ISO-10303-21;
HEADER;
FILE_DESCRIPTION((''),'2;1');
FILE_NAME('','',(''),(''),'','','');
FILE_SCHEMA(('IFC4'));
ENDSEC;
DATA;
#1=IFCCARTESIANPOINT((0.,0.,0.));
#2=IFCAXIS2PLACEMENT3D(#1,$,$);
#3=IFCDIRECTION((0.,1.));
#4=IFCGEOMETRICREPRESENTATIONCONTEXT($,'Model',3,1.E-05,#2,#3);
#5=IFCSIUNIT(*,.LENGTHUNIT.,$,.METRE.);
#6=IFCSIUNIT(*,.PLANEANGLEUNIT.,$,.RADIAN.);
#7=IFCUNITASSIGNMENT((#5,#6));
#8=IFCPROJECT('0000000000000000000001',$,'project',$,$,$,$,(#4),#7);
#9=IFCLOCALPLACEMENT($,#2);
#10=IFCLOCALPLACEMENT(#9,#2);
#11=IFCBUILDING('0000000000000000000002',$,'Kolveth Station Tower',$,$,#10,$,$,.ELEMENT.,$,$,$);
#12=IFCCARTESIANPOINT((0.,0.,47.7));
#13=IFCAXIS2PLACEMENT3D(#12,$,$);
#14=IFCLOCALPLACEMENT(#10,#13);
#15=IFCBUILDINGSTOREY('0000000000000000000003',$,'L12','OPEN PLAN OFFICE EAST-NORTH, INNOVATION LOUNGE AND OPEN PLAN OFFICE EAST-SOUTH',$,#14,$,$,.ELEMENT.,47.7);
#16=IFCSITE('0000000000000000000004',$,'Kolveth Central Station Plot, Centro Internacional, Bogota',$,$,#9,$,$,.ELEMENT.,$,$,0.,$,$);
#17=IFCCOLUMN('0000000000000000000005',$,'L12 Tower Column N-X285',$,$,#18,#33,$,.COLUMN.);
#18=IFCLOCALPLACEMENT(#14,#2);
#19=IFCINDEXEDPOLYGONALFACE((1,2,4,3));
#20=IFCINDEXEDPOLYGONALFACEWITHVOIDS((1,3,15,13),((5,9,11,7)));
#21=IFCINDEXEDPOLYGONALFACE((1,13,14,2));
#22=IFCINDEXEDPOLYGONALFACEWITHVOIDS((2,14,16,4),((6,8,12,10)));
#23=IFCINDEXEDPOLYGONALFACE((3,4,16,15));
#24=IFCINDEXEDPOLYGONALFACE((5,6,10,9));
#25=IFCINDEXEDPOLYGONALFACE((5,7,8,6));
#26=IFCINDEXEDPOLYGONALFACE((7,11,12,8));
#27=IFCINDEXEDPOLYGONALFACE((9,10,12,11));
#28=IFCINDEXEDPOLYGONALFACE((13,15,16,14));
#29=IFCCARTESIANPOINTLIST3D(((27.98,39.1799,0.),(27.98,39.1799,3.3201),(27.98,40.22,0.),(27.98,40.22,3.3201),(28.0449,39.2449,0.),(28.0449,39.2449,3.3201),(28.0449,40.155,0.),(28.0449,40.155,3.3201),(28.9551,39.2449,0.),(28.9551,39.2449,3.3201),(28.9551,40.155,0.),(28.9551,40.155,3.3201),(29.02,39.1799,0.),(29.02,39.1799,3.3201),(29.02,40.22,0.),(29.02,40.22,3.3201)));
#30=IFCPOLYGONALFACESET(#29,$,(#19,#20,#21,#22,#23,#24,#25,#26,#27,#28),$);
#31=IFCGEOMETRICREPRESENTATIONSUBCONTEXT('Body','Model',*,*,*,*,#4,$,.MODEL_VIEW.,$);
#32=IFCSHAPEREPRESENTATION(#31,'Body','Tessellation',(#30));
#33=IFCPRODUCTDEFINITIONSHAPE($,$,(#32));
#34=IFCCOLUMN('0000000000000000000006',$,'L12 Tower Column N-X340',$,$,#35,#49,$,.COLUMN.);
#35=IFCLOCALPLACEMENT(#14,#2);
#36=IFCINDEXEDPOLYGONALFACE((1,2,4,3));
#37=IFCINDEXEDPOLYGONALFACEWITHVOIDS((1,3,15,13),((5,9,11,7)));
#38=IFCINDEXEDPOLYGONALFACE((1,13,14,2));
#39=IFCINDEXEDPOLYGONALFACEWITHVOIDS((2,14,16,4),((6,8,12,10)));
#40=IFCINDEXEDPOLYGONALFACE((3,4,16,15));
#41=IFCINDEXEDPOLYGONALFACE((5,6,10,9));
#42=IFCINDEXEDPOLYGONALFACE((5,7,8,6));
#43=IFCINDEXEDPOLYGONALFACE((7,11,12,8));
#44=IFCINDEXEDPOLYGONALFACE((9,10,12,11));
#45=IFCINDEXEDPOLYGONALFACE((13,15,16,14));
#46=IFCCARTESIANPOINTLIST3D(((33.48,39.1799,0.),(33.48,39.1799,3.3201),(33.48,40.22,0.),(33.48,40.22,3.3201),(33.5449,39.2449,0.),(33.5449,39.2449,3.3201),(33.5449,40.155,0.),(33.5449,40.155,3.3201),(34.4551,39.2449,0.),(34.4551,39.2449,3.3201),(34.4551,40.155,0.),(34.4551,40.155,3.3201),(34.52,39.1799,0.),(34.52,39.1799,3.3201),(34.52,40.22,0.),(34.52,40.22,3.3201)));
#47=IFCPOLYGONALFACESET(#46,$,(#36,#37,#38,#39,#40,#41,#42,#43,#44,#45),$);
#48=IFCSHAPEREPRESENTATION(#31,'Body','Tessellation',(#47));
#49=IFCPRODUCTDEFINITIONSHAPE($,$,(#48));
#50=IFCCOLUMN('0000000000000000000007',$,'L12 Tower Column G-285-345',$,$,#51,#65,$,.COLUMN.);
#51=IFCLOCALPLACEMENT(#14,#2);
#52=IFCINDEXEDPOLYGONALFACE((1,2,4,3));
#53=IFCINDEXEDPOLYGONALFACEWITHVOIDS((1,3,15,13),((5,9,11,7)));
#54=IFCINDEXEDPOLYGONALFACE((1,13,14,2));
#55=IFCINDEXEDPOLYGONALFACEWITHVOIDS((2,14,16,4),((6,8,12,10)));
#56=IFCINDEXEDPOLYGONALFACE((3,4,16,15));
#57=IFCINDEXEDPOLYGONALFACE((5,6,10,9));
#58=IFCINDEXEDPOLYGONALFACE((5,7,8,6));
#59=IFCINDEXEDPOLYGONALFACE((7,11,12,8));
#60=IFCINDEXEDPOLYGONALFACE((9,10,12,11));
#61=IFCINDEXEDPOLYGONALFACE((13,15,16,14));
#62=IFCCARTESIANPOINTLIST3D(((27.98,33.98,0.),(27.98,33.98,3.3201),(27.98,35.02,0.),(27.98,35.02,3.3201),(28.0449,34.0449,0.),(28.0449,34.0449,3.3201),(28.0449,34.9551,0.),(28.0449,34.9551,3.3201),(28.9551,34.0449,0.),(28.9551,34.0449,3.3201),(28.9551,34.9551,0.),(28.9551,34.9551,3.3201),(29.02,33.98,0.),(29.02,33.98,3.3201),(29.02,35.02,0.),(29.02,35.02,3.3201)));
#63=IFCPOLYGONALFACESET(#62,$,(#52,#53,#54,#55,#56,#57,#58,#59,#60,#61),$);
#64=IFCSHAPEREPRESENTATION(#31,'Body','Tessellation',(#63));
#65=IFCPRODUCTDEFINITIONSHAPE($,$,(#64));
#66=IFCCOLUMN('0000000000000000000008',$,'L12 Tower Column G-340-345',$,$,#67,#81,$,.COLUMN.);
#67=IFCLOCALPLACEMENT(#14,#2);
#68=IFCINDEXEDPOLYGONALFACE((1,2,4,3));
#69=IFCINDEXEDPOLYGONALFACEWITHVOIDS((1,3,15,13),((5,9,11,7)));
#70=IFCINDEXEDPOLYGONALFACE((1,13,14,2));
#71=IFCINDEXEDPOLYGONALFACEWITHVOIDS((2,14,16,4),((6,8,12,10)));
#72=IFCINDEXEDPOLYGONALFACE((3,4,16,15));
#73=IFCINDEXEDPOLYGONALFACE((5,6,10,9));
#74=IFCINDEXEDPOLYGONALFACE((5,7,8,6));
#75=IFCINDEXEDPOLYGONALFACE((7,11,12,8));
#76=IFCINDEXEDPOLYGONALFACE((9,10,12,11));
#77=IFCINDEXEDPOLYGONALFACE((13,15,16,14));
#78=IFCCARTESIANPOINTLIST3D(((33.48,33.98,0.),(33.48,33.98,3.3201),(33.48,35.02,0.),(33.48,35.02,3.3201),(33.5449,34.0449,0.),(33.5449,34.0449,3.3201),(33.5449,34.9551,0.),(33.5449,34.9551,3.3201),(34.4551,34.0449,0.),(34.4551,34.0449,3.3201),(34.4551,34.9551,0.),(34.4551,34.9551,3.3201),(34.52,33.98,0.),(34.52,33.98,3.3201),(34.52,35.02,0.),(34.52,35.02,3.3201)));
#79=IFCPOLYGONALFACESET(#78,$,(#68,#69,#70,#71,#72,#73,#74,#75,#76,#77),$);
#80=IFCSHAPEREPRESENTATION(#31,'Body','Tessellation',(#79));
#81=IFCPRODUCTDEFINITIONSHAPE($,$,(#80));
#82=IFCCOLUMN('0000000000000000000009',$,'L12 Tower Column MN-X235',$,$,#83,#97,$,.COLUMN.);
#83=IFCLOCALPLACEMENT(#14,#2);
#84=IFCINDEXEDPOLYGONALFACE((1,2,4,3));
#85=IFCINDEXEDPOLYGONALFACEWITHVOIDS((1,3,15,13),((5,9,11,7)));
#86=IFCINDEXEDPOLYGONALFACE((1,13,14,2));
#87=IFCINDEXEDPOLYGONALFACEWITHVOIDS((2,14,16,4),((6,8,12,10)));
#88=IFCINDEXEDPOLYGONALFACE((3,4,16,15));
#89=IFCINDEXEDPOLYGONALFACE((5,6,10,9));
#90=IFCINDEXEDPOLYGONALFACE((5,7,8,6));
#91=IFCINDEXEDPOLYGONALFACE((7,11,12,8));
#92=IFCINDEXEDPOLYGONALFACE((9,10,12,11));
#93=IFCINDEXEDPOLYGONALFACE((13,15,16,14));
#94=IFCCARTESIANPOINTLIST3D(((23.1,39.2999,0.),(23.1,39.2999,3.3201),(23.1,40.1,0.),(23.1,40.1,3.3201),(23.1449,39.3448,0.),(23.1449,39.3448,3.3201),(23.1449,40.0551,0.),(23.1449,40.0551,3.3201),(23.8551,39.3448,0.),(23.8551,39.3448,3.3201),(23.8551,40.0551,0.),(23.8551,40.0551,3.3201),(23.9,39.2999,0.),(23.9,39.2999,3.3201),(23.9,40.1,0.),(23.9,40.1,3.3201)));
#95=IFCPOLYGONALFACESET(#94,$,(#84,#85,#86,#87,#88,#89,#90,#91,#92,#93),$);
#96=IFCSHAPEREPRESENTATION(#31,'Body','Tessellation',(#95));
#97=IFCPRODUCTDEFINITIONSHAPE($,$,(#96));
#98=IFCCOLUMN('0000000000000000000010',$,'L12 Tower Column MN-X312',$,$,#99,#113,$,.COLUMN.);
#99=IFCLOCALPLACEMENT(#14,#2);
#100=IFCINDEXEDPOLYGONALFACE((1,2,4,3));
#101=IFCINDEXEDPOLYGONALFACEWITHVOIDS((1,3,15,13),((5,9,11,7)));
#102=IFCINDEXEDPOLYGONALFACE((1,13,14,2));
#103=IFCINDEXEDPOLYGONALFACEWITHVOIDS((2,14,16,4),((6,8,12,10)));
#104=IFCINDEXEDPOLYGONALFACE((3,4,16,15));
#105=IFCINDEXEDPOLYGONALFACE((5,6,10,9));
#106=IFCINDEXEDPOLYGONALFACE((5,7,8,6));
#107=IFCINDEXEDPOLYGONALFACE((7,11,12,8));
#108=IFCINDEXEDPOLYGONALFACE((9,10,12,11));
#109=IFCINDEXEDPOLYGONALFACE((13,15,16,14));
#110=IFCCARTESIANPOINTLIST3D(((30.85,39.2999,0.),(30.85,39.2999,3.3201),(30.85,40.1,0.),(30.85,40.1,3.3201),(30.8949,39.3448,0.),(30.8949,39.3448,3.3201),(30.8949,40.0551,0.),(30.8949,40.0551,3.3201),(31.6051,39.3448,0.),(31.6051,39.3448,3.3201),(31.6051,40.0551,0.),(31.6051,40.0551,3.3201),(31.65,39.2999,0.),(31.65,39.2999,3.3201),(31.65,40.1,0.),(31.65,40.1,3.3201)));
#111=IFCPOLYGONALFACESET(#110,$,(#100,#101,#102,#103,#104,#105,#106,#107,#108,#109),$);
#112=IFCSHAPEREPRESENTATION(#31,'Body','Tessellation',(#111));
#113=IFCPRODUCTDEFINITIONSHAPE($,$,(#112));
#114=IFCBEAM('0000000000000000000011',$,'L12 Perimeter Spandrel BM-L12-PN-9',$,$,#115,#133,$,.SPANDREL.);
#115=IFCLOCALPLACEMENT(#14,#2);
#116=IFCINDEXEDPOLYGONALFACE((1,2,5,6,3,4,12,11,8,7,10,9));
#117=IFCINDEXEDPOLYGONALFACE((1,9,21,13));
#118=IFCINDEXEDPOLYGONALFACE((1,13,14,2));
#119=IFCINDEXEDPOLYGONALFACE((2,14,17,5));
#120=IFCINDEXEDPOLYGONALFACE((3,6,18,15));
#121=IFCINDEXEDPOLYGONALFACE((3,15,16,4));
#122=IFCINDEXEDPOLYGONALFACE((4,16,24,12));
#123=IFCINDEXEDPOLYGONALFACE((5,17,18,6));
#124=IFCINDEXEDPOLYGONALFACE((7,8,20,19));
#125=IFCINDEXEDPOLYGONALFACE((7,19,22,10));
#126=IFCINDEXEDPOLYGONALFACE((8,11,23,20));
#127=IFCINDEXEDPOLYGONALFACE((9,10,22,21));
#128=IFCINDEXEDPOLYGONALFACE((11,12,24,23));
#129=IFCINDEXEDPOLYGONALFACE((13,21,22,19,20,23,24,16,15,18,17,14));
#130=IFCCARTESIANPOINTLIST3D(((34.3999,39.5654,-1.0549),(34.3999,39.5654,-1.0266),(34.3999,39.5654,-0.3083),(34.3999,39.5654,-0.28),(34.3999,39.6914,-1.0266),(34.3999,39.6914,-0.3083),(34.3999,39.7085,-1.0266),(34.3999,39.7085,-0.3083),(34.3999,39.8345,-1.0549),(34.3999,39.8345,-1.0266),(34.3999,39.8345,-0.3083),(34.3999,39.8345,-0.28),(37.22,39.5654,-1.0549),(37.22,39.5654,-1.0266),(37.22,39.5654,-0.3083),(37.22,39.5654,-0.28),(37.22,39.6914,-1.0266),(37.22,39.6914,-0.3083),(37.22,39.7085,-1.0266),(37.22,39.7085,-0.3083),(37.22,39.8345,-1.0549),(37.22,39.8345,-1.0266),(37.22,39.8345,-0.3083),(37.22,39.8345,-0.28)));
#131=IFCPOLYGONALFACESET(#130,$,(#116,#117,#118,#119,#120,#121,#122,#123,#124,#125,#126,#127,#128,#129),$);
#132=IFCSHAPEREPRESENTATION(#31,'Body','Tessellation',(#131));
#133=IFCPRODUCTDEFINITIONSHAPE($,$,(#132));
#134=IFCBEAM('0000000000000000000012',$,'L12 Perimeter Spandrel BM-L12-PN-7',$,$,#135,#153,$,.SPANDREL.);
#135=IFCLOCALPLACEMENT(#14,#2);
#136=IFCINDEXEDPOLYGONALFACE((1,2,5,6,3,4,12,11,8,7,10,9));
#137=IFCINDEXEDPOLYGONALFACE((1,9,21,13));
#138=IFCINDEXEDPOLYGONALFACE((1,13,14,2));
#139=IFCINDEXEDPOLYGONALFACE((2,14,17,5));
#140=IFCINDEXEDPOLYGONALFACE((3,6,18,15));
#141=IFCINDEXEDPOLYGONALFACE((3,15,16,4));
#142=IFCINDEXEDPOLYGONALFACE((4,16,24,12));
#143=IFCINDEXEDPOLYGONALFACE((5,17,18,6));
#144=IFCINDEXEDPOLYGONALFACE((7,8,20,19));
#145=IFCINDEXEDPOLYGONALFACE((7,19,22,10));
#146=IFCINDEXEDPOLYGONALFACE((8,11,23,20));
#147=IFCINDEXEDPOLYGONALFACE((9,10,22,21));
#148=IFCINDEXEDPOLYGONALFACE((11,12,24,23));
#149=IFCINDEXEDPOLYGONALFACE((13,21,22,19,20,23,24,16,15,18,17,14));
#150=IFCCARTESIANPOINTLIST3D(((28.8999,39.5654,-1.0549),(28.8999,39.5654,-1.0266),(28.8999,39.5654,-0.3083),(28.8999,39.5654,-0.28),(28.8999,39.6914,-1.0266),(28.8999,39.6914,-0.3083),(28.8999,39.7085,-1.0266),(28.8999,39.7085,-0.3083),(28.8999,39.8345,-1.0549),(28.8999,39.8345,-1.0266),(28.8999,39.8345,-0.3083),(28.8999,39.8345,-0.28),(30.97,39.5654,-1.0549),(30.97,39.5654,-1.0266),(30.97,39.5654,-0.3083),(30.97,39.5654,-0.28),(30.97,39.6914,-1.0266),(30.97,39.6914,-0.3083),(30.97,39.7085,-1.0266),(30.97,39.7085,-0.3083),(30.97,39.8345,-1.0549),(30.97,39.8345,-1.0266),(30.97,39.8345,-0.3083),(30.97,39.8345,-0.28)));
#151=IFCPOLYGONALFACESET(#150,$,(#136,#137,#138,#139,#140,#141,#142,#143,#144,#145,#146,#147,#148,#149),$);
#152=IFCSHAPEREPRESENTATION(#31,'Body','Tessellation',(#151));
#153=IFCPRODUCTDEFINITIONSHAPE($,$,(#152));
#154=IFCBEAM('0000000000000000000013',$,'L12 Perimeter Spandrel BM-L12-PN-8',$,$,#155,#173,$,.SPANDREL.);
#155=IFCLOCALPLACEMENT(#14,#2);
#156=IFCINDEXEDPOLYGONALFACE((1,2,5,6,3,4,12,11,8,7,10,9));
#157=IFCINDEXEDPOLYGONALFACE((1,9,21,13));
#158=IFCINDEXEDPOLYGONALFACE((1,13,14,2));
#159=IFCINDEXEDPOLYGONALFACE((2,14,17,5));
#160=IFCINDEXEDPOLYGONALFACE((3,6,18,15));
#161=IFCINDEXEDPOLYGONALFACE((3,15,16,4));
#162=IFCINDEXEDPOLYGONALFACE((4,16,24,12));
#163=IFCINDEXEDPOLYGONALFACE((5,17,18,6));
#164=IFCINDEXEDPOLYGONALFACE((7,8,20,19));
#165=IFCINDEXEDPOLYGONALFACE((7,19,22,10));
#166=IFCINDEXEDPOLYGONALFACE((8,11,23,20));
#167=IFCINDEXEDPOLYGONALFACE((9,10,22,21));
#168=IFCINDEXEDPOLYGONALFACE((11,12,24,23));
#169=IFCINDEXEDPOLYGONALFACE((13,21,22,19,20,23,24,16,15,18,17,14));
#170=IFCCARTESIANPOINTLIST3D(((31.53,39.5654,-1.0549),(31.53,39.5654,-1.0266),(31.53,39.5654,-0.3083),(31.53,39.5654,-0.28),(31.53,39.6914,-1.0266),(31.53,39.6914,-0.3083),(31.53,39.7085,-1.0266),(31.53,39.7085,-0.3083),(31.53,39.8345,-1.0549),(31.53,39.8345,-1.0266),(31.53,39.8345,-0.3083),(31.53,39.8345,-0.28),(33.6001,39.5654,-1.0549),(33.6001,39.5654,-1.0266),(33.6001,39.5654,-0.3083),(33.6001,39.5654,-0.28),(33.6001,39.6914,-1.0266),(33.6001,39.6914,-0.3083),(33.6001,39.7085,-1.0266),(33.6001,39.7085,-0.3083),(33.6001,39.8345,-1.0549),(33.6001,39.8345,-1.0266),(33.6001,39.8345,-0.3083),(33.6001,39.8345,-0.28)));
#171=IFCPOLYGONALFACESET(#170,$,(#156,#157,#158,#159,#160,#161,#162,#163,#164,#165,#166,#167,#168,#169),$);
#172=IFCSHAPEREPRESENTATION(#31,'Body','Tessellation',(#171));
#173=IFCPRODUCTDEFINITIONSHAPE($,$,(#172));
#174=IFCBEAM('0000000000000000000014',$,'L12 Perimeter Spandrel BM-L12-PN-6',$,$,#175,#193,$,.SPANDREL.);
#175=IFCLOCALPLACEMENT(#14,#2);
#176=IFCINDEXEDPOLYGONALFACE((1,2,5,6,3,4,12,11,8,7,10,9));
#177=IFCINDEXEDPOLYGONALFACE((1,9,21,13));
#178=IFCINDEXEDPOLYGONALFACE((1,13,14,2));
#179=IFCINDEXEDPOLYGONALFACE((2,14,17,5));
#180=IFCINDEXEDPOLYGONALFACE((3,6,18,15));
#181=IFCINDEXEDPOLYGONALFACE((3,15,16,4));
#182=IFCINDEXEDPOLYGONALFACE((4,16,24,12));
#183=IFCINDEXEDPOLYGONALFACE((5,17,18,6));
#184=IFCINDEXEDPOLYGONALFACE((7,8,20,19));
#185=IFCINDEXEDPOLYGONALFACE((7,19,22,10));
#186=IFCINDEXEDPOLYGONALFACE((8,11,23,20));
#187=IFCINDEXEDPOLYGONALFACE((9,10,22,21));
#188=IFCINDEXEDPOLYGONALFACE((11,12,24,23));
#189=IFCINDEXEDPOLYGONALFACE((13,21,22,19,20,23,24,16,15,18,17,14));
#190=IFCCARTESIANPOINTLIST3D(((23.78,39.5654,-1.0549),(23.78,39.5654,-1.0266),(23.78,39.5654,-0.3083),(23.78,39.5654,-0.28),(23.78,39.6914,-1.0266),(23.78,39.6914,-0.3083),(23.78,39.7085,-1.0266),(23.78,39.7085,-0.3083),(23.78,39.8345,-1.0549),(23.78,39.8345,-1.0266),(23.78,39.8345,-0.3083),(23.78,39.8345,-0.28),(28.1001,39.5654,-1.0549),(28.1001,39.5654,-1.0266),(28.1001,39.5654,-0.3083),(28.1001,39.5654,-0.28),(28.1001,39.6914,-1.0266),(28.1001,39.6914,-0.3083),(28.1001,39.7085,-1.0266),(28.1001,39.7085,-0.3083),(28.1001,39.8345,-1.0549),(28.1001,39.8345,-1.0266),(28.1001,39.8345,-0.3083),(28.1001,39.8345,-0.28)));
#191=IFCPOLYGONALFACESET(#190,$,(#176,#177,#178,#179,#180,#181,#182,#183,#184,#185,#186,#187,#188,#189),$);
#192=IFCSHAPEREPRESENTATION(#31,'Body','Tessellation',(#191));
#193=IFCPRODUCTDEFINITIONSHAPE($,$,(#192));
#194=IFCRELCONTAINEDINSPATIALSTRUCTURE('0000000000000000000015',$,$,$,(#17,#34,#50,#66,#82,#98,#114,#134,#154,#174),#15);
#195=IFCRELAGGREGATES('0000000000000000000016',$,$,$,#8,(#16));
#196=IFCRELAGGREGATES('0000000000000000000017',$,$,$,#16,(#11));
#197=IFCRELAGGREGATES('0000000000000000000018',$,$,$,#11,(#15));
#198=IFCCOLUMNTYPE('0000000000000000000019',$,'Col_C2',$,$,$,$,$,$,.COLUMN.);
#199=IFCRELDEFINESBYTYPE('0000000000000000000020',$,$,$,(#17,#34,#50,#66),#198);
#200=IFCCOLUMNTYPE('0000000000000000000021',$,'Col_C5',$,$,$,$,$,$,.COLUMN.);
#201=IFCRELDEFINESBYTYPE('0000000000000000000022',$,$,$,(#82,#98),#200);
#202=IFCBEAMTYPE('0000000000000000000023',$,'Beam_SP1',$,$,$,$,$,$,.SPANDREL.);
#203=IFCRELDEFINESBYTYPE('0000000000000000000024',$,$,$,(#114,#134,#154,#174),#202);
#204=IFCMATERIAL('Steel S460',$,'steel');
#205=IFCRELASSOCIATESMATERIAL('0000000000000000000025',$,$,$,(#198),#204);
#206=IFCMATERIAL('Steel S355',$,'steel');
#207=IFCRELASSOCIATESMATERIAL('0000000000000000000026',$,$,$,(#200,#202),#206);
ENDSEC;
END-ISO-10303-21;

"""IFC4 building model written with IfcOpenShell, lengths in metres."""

from ifc_helpers import new_model, si_unit, direction, frame, origin, origin_2d, place, context, subcontext, project, spatial, hollow_rectangle, i_section, extrude, source, transform, mapped, material, material_profile, profile_set, type_object, element, save


model = new_model("IFC4")

# Units and contexts
model_context = context("Model", 3, precision=1e-05, world=origin(), true_north=direction((0.0, 1.0)))
body_context = subcontext(model_context, "Body", "Model", "MODEL_VIEW")
ifc_project = project(units=[si_unit("LENGTHUNIT", "METRE"), si_unit("PLANEANGLEUNIT", "RADIAN")], contexts=[model_context])

# Site, building, storey
site_placement = place(None, origin())
site = spatial("IfcSite", under=ifc_project, at=site_placement, Name="Kolveth Central Station Plot, Centro Internacional, Bogota", CompositionType="ELEMENT", RefElevation=0.0)
building_placement = place(site_placement, origin())
building = spatial("IfcBuilding", under=site, at=building_placement, Name="Kolveth Station Tower", CompositionType="ELEMENT")
storey_placement = place(building_placement, frame((0.0, 0.0, 47.7)))
storey = spatial("IfcBuildingStorey", under=building, at=storey_placement, Name="L12", Description="OPEN PLAN OFFICE EAST-NORTH, INNOVATION LOUNGE AND OPEN PLAN OFFICE EAST-SOUTH", CompositionType="ELEMENT", Elevation=47.7)

# Columns
ifc_material_1 = material(Name="Steel S460", Category="steel")
ifc_material_profile_1 = material_profile(ifc_material_1, hollow_rectangle(XDim=1.04, YDim=1.04, WallThickness=0.0649, at=origin_2d()), Name="BOX1040x1040x65")
ifc_profile_set_1 = profile_set([ifc_material_profile_1], Name="Steel S460")
column_type_1 = type_object("IfcColumnType", Name="Col_C2", PredefinedType="COLUMN", material=ifc_profile_set_1)
shared_shape_1 = source(origin(), body_context, "Body", "SweptSolid", [
    extrude(hollow_rectangle(XDim=1.04, YDim=1.04, WallThickness=0.0649, at=origin_2d()), origin(), (0.0, 0.0, 1.0), 3.3201),
])
for number, where, z_axis, x_axis, name in (
    (1, (28.5, 39.7, 0.0), (0.0, 0.0, 1.0), (1.0, 0.0, 0.0), "L12 Tower Column N-X285"),
    (2, (34.0, 39.7, 0.0), (0.0, 0.0, 1.0), (1.0, 0.0, 0.0), "L12 Tower Column N-X340"),
    (3, (28.5, 34.5, 0.0), (0.0, 0.0, 1.0), (1.0, 0.0, 0.0), "L12 Tower Column G-285-345"),
    (4, (34.0, 34.5, 0.0), (0.0, 0.0, 1.0), (1.0, 0.0, 0.0), "L12 Tower Column G-340-345"),
):
    element("IfcColumn", number, at=place(storey_placement, frame(where, z_axis=z_axis, x_axis=x_axis)), inside=storey, type_object=column_type_1, Name=name, PredefinedType="COLUMN", context=body_context, shape_type="MappedRepresentation", body=[
        mapped(shared_shape_1, transform((0.0, 0.0, 0.0), x_axis=(1.0, 0.0, 0.0), y_axis=(0.0, 1.0, 0.0), z_axis=(0.0, 0.0, 1.0), scale=1.0)),
    ])
ifc_material_2 = material(Name="Steel S355", Category="steel")
ifc_material_profile_2 = material_profile(ifc_material_2, hollow_rectangle(XDim=0.8, YDim=0.8, WallThickness=0.0449, at=origin_2d()), Name="BOX800x800x45")
ifc_profile_set_2 = profile_set([ifc_material_profile_2], Name="Steel S355")
column_type_2 = type_object("IfcColumnType", Name="Col_C5", PredefinedType="COLUMN", material=ifc_profile_set_2)
shared_shape_2 = source(origin(), body_context, "Body", "SweptSolid", [
    extrude(hollow_rectangle(XDim=0.8, YDim=0.8, WallThickness=0.0449, at=origin_2d()), origin(), (0.0, 0.0, 1.0), 3.3201),
])
for number, where, z_axis, x_axis, name in (
    (5, (23.5, 39.7, 0.0), (0.0, 0.0, 1.0), (1.0, 0.0, 0.0), "L12 Tower Column MN-X235"),
    (6, (31.25, 39.7, 0.0), (0.0, 0.0, 1.0), (1.0, 0.0, 0.0), "L12 Tower Column MN-X312"),
):
    element("IfcColumn", number, at=place(storey_placement, frame(where, z_axis=z_axis, x_axis=x_axis)), inside=storey, type_object=column_type_2, Name=name, PredefinedType="COLUMN", context=body_context, shape_type="MappedRepresentation", body=[
        mapped(shared_shape_2, transform((0.0, 0.0, 0.0), x_axis=(1.0, 0.0, 0.0), y_axis=(0.0, 1.0, 0.0), z_axis=(0.0, 0.0, 1.0), scale=1.0)),
    ])

# Beams
ifc_material_profile_3 = material_profile(ifc_material_2, i_section(OverallWidth=0.269, OverallDepth=0.7749, WebThickness=0.0171, FlangeThickness=0.0283, at=origin_2d()), Name="W760x220")
ifc_profile_set_3 = profile_set([ifc_material_profile_3], Name="Steel S355")
beam_type_1 = type_object("IfcBeamType", Name="Beam_SP1", PredefinedType="SPANDREL", material=ifc_profile_set_3)
shared_shape_3 = source(origin(), body_context, "Body", "SweptSolid", [
    extrude(i_section(OverallWidth=0.269, OverallDepth=0.7749, WebThickness=0.0171, FlangeThickness=0.0283, at=origin_2d()), origin(), (0.0, 0.0, 1.0), 2.8201),
])
beam_1_placement = place(storey_placement, frame((34.3999, 39.7, -0.6675), z_axis=(1.0, 0.0, 0.0), x_axis=(0.0, 1.0, 0.0)))
element("IfcBeam", 7, at=beam_1_placement, inside=storey, type_object=beam_type_1, Name="L12 Perimeter Spandrel BM-L12-PN-9", PredefinedType="SPANDREL", context=body_context, shape_type="MappedRepresentation", body=[
    mapped(shared_shape_3, transform((0.0, 0.0, 0.0), x_axis=(1.0, 0.0, 0.0), y_axis=(0.0, 1.0, 0.0), z_axis=(0.0, 0.0, 1.0), scale=1.0)),
])
shared_shape_4 = source(origin(), body_context, "Body", "SweptSolid", [
    extrude(i_section(OverallWidth=0.269, OverallDepth=0.7749, WebThickness=0.0171, FlangeThickness=0.0283, at=origin_2d()), origin(), (0.0, 0.0, 1.0), 2.0701),
])
for number, where, z_axis, x_axis, name in (
    (8, (28.8999, 39.7, -0.6675), (1.0, 0.0, 0.0), (0.0, 1.0, 0.0), "L12 Perimeter Spandrel BM-L12-PN-7"),
    (9, (31.53, 39.7, -0.6675), (1.0, 0.0, 0.0), (0.0, 1.0, 0.0), "L12 Perimeter Spandrel BM-L12-PN-8"),
):
    element("IfcBeam", number, at=place(storey_placement, frame(where, z_axis=z_axis, x_axis=x_axis)), inside=storey, type_object=beam_type_1, Name=name, PredefinedType="SPANDREL", context=body_context, shape_type="MappedRepresentation", body=[
        mapped(shared_shape_4, transform((0.0, 0.0, 0.0), x_axis=(1.0, 0.0, 0.0), y_axis=(0.0, 1.0, 0.0), z_axis=(0.0, 0.0, 1.0), scale=1.0)),
    ])
shared_shape_5 = source(origin(), body_context, "Body", "SweptSolid", [
    extrude(i_section(OverallWidth=0.269, OverallDepth=0.7749, WebThickness=0.0171, FlangeThickness=0.0283, at=origin_2d()), origin(), (0.0, 0.0, 1.0), 4.3201),
])
beam_2_placement = place(storey_placement, frame((23.78, 39.7, -0.6675), z_axis=(1.0, 0.0, 0.0), x_axis=(0.0, 1.0, 0.0)))
element("IfcBeam", 10, at=beam_2_placement, inside=storey, type_object=beam_type_1, Name="L12 Perimeter Spandrel BM-L12-PN-6", PredefinedType="SPANDREL", context=body_context, shape_type="MappedRepresentation", body=[
    mapped(shared_shape_5, transform((0.0, 0.0, 0.0), x_axis=(1.0, 0.0, 0.0), y_axis=(0.0, 1.0, 0.0), z_axis=(0.0, 0.0, 1.0), scale=1.0)),
])

save(model, "model.ifc")
